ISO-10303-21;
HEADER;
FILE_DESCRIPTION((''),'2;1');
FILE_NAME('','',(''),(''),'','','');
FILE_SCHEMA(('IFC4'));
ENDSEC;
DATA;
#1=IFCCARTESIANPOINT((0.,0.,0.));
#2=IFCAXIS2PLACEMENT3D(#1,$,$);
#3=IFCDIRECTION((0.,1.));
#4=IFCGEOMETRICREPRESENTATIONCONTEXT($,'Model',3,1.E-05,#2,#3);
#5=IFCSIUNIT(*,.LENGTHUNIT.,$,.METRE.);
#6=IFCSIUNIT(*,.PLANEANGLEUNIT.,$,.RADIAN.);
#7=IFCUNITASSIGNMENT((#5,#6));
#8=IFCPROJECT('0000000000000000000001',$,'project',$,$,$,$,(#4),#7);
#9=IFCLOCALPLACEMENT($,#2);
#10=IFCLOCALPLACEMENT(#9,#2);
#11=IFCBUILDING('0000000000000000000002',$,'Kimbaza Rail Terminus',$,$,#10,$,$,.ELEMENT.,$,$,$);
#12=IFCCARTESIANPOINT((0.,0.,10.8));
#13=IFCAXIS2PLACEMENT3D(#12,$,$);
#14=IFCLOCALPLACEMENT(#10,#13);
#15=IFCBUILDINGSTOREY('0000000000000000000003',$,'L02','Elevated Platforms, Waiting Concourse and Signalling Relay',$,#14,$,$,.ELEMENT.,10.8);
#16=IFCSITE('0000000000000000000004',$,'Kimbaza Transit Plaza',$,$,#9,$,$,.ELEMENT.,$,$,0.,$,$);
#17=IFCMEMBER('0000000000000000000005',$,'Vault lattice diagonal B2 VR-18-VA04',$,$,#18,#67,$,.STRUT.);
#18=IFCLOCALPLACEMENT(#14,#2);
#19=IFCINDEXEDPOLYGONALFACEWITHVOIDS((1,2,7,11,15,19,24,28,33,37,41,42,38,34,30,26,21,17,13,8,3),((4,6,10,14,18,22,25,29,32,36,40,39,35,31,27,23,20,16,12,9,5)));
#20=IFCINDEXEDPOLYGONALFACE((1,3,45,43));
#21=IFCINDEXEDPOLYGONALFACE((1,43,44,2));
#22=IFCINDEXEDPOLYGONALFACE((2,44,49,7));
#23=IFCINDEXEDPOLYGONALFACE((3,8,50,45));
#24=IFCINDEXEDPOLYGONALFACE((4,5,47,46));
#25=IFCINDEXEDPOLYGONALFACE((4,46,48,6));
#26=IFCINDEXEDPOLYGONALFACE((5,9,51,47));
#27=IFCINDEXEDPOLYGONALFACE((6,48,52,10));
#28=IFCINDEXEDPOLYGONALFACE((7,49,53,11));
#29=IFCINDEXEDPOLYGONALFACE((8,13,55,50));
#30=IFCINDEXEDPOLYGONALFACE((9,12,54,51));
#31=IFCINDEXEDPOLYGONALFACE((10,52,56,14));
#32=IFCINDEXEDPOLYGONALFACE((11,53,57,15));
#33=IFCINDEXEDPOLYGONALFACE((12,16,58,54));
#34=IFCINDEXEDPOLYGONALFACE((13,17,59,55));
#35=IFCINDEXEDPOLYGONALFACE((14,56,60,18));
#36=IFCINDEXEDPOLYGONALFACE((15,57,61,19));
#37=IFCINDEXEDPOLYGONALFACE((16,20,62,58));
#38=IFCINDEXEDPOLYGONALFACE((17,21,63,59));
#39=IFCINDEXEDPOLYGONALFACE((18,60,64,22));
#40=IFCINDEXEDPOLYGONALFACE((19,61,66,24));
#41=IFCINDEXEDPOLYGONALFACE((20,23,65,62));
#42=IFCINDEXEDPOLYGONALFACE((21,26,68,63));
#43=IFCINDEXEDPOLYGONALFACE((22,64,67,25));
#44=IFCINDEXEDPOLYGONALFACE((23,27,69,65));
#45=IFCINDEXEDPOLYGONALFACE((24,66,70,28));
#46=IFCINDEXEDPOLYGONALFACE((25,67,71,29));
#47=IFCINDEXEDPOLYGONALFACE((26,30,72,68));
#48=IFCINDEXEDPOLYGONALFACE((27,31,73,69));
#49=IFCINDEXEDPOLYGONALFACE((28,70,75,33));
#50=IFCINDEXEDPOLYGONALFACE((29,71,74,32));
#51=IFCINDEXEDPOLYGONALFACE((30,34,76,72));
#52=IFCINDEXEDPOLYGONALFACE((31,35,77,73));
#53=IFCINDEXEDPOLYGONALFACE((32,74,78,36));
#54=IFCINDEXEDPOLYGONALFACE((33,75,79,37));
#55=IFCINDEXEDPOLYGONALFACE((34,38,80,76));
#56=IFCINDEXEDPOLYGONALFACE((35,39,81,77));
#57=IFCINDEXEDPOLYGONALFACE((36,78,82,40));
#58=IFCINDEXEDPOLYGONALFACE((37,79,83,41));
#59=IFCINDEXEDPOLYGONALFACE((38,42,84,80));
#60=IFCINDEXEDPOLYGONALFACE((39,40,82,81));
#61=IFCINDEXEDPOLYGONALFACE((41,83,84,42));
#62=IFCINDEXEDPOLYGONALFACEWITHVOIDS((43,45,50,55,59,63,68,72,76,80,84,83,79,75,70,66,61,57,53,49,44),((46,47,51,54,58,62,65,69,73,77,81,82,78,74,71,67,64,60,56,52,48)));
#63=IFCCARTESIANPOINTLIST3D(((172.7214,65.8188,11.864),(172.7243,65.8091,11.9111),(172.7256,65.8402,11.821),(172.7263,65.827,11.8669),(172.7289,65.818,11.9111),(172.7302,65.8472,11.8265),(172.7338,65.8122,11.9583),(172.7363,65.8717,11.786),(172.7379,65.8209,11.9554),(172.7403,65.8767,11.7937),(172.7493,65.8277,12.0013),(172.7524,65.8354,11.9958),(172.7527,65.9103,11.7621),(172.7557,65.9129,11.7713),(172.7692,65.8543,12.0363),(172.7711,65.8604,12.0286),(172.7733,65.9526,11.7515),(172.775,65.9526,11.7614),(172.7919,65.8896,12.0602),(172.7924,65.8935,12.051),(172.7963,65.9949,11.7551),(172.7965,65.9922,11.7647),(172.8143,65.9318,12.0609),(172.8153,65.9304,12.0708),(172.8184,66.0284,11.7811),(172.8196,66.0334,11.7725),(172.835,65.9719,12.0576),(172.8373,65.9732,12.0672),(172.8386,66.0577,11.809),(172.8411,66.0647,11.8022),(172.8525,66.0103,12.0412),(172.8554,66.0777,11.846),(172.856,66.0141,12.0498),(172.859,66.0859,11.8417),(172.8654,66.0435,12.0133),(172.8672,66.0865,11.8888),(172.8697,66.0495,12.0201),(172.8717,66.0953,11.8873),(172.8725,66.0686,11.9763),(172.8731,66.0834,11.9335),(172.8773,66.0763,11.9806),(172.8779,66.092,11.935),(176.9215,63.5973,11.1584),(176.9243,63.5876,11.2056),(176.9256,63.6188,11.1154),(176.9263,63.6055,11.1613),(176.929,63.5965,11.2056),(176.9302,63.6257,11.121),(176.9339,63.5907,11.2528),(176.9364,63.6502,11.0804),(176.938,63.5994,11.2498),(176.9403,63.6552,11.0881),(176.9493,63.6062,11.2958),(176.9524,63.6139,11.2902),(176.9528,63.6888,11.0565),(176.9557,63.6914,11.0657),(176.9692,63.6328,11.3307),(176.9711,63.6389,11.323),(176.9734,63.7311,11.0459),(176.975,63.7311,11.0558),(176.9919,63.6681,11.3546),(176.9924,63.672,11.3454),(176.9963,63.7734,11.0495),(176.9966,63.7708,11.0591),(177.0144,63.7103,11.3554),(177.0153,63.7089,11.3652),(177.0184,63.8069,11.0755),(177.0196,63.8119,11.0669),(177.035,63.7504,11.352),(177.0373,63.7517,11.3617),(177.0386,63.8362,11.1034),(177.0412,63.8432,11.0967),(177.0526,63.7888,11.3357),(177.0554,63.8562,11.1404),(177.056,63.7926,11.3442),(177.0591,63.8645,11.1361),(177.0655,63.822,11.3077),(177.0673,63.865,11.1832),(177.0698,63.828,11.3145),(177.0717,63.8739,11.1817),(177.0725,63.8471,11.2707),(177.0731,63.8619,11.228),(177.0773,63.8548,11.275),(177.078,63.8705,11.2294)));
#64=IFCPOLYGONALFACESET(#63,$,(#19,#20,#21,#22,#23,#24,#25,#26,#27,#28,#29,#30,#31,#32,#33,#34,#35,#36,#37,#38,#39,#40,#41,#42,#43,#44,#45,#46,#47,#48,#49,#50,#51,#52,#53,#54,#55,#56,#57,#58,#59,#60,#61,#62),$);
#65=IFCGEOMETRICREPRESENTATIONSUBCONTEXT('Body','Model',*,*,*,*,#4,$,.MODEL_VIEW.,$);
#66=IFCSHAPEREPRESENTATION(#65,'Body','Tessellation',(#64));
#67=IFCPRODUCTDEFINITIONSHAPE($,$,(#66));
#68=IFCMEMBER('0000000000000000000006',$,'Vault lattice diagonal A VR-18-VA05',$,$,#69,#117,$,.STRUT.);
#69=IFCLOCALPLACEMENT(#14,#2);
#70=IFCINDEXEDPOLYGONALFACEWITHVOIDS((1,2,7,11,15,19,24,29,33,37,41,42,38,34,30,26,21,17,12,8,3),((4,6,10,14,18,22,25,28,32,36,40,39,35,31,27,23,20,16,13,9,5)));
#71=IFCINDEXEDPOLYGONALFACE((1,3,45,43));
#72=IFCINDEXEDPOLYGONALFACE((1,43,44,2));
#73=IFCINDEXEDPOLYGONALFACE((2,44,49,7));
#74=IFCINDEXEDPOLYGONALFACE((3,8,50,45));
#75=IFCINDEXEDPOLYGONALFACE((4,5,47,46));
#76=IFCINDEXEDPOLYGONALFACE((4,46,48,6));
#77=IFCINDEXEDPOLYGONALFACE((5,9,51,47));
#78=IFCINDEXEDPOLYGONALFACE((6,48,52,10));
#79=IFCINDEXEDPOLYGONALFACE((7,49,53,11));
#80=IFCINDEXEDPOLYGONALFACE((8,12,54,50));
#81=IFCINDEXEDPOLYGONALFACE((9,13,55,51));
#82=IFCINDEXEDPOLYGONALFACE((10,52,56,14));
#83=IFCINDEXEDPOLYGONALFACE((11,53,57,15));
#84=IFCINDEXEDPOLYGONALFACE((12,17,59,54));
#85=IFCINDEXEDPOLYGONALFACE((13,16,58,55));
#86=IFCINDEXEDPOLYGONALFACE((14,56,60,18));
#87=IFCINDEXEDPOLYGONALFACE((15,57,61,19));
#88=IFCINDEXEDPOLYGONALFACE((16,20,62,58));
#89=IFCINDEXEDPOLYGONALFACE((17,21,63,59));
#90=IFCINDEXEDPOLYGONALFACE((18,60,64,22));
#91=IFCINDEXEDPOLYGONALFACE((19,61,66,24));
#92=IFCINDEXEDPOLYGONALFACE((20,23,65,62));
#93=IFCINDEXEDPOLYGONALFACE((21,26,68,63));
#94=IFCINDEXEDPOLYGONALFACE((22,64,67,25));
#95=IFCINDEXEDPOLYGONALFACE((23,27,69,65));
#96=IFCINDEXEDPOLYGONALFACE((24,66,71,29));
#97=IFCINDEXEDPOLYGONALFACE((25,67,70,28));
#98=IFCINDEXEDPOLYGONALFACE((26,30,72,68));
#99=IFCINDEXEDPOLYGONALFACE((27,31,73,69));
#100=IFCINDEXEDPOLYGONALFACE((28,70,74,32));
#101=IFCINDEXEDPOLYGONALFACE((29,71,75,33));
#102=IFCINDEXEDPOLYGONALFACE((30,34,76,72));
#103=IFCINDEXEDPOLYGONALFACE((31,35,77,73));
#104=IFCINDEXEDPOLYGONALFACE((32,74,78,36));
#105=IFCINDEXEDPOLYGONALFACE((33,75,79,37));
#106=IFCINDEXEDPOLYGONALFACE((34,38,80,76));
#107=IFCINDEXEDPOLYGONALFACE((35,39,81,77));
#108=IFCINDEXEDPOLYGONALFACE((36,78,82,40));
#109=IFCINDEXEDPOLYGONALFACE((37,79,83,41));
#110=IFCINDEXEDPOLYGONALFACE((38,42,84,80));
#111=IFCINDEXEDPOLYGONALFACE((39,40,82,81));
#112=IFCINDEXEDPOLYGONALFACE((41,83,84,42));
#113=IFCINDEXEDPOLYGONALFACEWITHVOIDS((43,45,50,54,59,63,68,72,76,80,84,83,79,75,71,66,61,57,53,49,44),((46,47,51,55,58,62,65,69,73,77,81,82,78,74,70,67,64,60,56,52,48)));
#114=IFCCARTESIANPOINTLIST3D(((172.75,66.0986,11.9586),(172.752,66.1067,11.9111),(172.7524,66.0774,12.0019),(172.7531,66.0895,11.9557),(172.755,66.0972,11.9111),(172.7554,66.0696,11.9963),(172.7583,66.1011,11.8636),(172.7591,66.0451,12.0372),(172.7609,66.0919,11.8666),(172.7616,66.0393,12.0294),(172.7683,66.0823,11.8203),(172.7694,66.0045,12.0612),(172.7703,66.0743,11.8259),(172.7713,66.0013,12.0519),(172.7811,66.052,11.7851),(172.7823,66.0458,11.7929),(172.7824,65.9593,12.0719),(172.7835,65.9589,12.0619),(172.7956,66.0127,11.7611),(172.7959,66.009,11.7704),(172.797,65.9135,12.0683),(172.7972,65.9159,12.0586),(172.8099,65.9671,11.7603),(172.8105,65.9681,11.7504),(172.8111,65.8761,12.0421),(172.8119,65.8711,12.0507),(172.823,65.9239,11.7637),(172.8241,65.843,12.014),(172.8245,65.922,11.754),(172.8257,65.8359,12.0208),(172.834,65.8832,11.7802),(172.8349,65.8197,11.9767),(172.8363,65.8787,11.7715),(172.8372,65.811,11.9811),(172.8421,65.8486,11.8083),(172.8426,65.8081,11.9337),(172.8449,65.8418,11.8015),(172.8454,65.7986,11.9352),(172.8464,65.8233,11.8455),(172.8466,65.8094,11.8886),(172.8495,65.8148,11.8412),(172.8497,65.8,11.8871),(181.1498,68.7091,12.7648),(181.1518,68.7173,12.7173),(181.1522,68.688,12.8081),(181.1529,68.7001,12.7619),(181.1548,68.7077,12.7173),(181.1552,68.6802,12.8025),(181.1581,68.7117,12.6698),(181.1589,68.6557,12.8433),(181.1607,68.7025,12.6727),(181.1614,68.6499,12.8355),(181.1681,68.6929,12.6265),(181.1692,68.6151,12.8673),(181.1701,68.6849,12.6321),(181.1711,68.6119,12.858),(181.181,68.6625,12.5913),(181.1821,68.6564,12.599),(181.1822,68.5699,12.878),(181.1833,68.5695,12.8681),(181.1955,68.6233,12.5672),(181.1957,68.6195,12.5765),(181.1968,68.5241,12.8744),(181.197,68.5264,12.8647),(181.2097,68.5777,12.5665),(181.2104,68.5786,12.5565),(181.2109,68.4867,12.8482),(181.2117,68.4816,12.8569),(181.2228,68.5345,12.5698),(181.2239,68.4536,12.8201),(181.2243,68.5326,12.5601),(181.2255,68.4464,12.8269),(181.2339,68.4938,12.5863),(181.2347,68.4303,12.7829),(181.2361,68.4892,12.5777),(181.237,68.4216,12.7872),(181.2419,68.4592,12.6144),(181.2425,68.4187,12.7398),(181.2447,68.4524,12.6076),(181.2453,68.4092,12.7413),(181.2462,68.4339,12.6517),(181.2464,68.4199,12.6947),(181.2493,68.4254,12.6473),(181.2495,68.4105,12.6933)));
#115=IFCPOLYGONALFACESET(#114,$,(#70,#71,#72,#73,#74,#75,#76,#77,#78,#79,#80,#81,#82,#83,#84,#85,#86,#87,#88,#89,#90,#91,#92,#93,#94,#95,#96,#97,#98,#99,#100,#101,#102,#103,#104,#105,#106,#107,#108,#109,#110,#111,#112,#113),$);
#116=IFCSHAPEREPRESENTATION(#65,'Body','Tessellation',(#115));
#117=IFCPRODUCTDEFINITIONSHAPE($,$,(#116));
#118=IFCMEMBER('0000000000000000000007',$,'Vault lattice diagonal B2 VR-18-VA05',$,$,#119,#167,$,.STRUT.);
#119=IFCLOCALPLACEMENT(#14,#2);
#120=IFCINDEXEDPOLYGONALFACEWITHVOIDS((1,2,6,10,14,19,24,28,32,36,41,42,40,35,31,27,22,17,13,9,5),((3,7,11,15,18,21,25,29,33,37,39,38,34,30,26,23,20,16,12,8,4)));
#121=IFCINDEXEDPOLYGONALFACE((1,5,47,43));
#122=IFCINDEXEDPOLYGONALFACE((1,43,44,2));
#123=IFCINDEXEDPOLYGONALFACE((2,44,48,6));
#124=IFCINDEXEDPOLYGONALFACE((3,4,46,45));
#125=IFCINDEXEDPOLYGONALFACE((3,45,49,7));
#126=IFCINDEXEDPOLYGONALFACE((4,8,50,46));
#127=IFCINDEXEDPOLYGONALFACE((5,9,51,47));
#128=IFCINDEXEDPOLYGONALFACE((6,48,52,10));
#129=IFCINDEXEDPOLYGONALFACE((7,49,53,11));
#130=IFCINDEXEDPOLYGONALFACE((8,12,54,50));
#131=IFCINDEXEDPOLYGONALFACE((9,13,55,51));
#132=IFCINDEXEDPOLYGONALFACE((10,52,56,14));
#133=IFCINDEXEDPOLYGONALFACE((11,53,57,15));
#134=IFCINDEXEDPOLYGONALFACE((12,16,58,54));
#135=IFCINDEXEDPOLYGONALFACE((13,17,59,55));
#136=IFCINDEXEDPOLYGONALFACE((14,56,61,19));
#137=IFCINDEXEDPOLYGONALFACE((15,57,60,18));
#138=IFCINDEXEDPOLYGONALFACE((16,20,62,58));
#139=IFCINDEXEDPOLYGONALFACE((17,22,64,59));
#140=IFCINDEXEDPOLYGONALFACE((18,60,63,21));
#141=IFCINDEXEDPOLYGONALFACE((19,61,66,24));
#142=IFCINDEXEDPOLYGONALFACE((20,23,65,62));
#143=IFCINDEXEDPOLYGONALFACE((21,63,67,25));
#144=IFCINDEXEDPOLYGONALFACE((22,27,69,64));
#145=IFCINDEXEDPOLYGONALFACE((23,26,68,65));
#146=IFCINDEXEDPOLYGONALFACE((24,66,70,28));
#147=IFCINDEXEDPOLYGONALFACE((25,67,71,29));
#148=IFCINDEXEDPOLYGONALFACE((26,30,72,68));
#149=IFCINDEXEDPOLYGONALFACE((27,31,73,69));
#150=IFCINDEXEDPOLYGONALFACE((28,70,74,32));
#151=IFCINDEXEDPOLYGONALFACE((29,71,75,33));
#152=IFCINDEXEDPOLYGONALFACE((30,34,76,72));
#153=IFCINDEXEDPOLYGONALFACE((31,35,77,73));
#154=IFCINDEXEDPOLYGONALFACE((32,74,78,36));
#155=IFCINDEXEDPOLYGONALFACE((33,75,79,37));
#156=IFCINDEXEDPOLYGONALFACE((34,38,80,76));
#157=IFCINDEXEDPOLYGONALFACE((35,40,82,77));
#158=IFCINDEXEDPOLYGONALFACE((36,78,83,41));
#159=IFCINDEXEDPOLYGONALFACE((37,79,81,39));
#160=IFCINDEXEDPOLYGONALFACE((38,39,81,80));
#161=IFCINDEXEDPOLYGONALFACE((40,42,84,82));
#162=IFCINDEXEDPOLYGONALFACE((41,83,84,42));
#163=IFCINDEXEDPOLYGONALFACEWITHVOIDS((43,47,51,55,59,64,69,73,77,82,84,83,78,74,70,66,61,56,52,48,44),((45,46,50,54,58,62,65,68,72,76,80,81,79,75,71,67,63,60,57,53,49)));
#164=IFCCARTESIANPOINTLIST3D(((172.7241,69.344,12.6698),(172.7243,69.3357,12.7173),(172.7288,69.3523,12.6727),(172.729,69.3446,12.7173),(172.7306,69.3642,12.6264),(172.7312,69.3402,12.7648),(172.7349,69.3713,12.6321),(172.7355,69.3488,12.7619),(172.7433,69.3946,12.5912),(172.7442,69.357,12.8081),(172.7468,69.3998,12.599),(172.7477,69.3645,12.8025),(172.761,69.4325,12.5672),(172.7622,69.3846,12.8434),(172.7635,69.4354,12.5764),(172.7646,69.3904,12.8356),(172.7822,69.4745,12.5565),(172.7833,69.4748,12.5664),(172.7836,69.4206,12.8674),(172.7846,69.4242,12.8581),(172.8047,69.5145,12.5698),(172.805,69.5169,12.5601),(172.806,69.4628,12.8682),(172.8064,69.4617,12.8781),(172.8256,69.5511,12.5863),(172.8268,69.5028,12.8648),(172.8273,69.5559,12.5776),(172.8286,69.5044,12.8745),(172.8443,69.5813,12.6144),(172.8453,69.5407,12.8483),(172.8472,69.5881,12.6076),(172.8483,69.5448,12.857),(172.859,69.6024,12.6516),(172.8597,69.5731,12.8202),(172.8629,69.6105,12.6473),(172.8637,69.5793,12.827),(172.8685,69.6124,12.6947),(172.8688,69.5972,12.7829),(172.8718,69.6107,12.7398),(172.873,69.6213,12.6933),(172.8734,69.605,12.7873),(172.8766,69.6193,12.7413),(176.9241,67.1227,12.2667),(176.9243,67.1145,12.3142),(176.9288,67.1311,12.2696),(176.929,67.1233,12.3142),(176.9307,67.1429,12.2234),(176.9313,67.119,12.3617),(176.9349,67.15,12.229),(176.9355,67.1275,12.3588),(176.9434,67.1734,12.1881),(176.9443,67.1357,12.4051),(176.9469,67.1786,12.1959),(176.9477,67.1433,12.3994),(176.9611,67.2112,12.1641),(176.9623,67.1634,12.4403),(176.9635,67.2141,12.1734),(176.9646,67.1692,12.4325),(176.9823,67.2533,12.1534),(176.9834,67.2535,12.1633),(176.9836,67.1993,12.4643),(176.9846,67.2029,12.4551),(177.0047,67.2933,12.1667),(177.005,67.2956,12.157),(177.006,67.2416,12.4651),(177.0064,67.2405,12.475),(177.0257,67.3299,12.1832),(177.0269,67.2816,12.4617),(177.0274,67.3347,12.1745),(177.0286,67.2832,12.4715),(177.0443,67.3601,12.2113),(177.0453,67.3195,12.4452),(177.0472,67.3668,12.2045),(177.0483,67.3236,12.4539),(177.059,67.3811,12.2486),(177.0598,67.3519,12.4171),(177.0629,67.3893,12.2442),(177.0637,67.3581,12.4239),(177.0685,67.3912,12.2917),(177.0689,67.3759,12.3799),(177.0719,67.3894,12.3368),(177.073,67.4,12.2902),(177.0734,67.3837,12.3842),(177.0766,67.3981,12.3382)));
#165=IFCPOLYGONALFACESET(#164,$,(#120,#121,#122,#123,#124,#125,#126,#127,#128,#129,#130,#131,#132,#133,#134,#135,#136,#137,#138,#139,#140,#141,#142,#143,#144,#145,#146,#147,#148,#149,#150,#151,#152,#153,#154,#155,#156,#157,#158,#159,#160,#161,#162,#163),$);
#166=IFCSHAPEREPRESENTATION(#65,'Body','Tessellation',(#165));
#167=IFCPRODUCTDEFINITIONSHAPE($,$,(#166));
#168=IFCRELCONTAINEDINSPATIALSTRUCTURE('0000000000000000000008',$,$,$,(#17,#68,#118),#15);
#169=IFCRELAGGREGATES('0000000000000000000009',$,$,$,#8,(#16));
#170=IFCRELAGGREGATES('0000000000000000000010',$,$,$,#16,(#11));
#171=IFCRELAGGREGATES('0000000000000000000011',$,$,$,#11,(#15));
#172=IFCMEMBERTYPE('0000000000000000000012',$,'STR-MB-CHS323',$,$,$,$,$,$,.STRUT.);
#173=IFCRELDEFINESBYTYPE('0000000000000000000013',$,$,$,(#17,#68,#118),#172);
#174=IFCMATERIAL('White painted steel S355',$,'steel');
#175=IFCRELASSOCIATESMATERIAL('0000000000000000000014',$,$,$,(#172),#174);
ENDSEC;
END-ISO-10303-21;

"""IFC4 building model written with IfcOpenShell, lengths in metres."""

from ifc_helpers import new_model, si_unit, direction, frame, origin, origin_2d, place, context, subcontext, project, spatial, hollow_circle, extrude, material, material_profile, profile_set, type_object, element, save


model = new_model("IFC4")

# Units and contexts
model_context = context("Model", 3, precision=1e-05, world=origin(), true_north=direction((0.0, 1.0)))
body_context = subcontext(model_context, "Body", "Model", "MODEL_VIEW")
ifc_project = project(units=[si_unit("LENGTHUNIT", "METRE"), si_unit("PLANEANGLEUNIT", "RADIAN")], contexts=[model_context])

# Site, building, storey
site_placement = place(None, origin())
site = spatial("IfcSite", under=ifc_project, at=site_placement, Name="Kimbaza Transit Plaza", CompositionType="ELEMENT", RefElevation=0.0)
building_placement = place(site_placement, origin())
building = spatial("IfcBuilding", under=site, at=building_placement, Name="Kimbaza Rail Terminus", CompositionType="ELEMENT")
storey_placement = place(building_placement, frame((0.0, 0.0, 10.8)))
storey = spatial("IfcBuildingStorey", under=building, at=storey_placement, Name="L02", Description="Elevated Platforms, Waiting Concourse and Signalling Relay", CompositionType="ELEMENT", Elevation=10.8)

# Members
ifc_material_1 = material(Name="White painted steel S355", Category="steel")
ifc_material_profile_1 = material_profile(ifc_material_1, hollow_circle(Radius=0.1619, WallThickness=0.01, at=origin_2d()), Name="CHS 323.9x10")
ifc_profile_set_1 = profile_set([ifc_material_profile_1], Name="White painted steel S355")
member_type_1 = type_object("IfcMemberType", Name="STR-MB-CHS323", PredefinedType="STRUT", material=ifc_profile_set_1)
member_1_placement = place(storey_placement, frame((177.0, 63.7307, 11.2056), z_axis=(-0.874379, 0.462476, 0.14689), x_axis=(-0.467548, -0.883968, 0.0)))
element("IfcMember", 1, at=member_1_placement, inside=storey, type_object=member_type_1, Name="Vault lattice diagonal B2 VR-18-VA04", PredefinedType="STRUT", context=body_context, shape_type="SweptSolid", body=[
    extrude(hollow_circle(Radius=0.1619, WallThickness=0.01, at=origin_2d()), origin(), (0.0, 0.0, 1.0), 4.8035),
])
member_2_placement = place(storey_placement, frame((172.8, 65.9521, 11.9111), z_axis=(0.950959, 0.295547, 0.091265), x_axis=(-0.296786, 0.954944, 0.0)))
element("IfcMember", 2, at=member_2_placement, inside=storey, type_object=member_type_1, Name="Vault lattice diagonal A VR-18-VA05", PredefinedType="STRUT", context=body_context, shape_type="SweptSolid", body=[
    extrude(hollow_circle(Radius=0.1619, WallThickness=0.01, at=origin_2d()), origin(), (0.0, 0.0, 1.0), 8.833),
])
member_3_placement = place(storey_placement, frame((177.0, 67.2576, 12.3142), z_axis=(-0.880825, 0.465834, 0.084534), x_axis=(-0.467508, -0.883989, 0.0)))
element("IfcMember", 3, at=member_3_placement, inside=storey, type_object=member_type_1, Name="Vault lattice diagonal B2 VR-18-VA05", PredefinedType="STRUT", context=body_context, shape_type="SweptSolid", body=[
    extrude(hollow_circle(Radius=0.1619, WallThickness=0.01, at=origin_2d()), origin(), (0.0, 0.0, 1.0), 4.7683),
])

save(model, "model.ifc")
